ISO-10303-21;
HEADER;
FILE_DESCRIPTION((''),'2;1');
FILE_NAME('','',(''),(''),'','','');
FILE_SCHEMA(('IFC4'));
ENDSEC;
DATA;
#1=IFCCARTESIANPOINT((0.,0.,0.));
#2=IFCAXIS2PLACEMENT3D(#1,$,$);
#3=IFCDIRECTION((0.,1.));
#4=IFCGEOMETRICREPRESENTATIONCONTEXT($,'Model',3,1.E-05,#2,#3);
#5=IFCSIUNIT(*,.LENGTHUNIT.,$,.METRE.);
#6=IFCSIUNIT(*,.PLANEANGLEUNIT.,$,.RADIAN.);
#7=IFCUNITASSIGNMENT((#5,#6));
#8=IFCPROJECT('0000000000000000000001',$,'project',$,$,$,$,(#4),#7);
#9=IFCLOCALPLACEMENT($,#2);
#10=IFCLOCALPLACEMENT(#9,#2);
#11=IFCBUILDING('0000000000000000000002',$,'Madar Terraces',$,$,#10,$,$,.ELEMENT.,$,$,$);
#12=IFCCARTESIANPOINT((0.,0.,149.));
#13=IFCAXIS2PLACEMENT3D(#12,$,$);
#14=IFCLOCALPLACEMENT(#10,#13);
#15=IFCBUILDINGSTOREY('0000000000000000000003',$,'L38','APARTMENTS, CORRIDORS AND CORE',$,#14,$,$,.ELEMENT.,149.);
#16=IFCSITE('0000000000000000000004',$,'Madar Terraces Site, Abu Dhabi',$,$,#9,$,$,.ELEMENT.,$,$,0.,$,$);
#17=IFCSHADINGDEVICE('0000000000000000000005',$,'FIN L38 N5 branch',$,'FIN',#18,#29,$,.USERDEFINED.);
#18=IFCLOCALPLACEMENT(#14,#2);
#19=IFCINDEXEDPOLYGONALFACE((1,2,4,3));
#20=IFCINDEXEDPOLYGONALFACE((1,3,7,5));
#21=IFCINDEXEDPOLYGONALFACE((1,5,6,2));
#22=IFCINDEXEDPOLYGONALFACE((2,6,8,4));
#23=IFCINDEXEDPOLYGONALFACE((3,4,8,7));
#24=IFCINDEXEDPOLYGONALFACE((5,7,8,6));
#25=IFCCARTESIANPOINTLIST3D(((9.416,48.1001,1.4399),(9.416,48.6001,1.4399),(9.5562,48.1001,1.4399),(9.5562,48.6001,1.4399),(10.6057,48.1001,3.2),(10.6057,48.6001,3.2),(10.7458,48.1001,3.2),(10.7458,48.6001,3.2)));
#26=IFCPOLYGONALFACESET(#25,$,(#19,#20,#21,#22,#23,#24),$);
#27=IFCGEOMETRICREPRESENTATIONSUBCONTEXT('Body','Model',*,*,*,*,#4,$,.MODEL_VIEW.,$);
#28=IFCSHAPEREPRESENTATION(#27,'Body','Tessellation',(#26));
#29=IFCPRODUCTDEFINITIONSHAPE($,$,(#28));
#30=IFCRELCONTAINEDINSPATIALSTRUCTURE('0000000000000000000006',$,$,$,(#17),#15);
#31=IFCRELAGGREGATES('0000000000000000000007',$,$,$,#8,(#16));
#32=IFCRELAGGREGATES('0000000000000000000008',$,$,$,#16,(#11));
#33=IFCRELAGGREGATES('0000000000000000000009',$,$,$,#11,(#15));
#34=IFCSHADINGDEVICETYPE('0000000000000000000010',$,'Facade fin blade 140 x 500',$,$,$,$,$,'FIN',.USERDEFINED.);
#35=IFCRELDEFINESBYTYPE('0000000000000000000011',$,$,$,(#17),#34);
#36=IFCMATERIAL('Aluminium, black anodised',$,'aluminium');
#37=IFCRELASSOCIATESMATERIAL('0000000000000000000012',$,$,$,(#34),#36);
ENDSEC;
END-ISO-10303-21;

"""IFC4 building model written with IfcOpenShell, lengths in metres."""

from ifc_helpers import new_model, si_unit, direction, frame, origin, place, context, subcontext, project, spatial, polyline, outline, extrude, material, type_object, element, save


model = new_model("IFC4")

# Units and contexts
model_context = context("Model", 3, precision=1e-05, world=origin(), true_north=direction((0.0, 1.0)))
body_context = subcontext(model_context, "Body", "Model", "MODEL_VIEW")
ifc_project = project(units=[si_unit("LENGTHUNIT", "METRE"), si_unit("PLANEANGLEUNIT", "RADIAN")], contexts=[model_context])

# Site, building, storey
site_placement = place(None, origin())
site = spatial("IfcSite", under=ifc_project, at=site_placement, Name="Madar Terraces Site, Abu Dhabi", CompositionType="ELEMENT", RefElevation=0.0)
building_placement = place(site_placement, origin())
building = spatial("IfcBuilding", under=site, at=building_placement, Name="Madar Terraces", CompositionType="ELEMENT")
storey_placement = place(building_placement, frame((0.0, 0.0, 149.0)))
storey = spatial("IfcBuildingStorey", under=building, at=storey_placement, Name="L38", Description="APARTMENTS, CORRIDORS AND CORE", CompositionType="ELEMENT", Elevation=149.0)

# Shading device
ifc_material_1 = material(Name="Aluminium, black anodised", Category="aluminium")
shading_device_type = type_object("IfcShadingDeviceType", Name="Facade fin blade 140 x 500", ElementType="FIN", PredefinedType="USERDEFINED", material=ifc_material_1)
shading_device_placement = place(storey_placement, frame((9.5562, 48.3501, 1.4399), z_axis=(0.0, 0.0, 1.0), x_axis=(-1.0, 0.0, 0.0)))
element("IfcShadingDevice", 1, at=shading_device_placement, inside=storey, type_object=shading_device_type, Name="FIN L38 N5 branch", ObjectType="FIN", PredefinedType="USERDEFINED", context=body_context, shape_type="SweptSolid", body=[
    extrude(outline(polyline([(0.0, 0.0), (0.1401, 0.0), (-1.0496, 1.76), (-1.1897, 1.76), (0.0, 0.0)])), frame((0.0, 0.25, 0.0), z_axis=(0.0, -1.0, 0.0), x_axis=(1.0, 0.0, 0.0)), (0.0, 0.0, 1.0), 0.5),
])

save(model, "model.ifc")
